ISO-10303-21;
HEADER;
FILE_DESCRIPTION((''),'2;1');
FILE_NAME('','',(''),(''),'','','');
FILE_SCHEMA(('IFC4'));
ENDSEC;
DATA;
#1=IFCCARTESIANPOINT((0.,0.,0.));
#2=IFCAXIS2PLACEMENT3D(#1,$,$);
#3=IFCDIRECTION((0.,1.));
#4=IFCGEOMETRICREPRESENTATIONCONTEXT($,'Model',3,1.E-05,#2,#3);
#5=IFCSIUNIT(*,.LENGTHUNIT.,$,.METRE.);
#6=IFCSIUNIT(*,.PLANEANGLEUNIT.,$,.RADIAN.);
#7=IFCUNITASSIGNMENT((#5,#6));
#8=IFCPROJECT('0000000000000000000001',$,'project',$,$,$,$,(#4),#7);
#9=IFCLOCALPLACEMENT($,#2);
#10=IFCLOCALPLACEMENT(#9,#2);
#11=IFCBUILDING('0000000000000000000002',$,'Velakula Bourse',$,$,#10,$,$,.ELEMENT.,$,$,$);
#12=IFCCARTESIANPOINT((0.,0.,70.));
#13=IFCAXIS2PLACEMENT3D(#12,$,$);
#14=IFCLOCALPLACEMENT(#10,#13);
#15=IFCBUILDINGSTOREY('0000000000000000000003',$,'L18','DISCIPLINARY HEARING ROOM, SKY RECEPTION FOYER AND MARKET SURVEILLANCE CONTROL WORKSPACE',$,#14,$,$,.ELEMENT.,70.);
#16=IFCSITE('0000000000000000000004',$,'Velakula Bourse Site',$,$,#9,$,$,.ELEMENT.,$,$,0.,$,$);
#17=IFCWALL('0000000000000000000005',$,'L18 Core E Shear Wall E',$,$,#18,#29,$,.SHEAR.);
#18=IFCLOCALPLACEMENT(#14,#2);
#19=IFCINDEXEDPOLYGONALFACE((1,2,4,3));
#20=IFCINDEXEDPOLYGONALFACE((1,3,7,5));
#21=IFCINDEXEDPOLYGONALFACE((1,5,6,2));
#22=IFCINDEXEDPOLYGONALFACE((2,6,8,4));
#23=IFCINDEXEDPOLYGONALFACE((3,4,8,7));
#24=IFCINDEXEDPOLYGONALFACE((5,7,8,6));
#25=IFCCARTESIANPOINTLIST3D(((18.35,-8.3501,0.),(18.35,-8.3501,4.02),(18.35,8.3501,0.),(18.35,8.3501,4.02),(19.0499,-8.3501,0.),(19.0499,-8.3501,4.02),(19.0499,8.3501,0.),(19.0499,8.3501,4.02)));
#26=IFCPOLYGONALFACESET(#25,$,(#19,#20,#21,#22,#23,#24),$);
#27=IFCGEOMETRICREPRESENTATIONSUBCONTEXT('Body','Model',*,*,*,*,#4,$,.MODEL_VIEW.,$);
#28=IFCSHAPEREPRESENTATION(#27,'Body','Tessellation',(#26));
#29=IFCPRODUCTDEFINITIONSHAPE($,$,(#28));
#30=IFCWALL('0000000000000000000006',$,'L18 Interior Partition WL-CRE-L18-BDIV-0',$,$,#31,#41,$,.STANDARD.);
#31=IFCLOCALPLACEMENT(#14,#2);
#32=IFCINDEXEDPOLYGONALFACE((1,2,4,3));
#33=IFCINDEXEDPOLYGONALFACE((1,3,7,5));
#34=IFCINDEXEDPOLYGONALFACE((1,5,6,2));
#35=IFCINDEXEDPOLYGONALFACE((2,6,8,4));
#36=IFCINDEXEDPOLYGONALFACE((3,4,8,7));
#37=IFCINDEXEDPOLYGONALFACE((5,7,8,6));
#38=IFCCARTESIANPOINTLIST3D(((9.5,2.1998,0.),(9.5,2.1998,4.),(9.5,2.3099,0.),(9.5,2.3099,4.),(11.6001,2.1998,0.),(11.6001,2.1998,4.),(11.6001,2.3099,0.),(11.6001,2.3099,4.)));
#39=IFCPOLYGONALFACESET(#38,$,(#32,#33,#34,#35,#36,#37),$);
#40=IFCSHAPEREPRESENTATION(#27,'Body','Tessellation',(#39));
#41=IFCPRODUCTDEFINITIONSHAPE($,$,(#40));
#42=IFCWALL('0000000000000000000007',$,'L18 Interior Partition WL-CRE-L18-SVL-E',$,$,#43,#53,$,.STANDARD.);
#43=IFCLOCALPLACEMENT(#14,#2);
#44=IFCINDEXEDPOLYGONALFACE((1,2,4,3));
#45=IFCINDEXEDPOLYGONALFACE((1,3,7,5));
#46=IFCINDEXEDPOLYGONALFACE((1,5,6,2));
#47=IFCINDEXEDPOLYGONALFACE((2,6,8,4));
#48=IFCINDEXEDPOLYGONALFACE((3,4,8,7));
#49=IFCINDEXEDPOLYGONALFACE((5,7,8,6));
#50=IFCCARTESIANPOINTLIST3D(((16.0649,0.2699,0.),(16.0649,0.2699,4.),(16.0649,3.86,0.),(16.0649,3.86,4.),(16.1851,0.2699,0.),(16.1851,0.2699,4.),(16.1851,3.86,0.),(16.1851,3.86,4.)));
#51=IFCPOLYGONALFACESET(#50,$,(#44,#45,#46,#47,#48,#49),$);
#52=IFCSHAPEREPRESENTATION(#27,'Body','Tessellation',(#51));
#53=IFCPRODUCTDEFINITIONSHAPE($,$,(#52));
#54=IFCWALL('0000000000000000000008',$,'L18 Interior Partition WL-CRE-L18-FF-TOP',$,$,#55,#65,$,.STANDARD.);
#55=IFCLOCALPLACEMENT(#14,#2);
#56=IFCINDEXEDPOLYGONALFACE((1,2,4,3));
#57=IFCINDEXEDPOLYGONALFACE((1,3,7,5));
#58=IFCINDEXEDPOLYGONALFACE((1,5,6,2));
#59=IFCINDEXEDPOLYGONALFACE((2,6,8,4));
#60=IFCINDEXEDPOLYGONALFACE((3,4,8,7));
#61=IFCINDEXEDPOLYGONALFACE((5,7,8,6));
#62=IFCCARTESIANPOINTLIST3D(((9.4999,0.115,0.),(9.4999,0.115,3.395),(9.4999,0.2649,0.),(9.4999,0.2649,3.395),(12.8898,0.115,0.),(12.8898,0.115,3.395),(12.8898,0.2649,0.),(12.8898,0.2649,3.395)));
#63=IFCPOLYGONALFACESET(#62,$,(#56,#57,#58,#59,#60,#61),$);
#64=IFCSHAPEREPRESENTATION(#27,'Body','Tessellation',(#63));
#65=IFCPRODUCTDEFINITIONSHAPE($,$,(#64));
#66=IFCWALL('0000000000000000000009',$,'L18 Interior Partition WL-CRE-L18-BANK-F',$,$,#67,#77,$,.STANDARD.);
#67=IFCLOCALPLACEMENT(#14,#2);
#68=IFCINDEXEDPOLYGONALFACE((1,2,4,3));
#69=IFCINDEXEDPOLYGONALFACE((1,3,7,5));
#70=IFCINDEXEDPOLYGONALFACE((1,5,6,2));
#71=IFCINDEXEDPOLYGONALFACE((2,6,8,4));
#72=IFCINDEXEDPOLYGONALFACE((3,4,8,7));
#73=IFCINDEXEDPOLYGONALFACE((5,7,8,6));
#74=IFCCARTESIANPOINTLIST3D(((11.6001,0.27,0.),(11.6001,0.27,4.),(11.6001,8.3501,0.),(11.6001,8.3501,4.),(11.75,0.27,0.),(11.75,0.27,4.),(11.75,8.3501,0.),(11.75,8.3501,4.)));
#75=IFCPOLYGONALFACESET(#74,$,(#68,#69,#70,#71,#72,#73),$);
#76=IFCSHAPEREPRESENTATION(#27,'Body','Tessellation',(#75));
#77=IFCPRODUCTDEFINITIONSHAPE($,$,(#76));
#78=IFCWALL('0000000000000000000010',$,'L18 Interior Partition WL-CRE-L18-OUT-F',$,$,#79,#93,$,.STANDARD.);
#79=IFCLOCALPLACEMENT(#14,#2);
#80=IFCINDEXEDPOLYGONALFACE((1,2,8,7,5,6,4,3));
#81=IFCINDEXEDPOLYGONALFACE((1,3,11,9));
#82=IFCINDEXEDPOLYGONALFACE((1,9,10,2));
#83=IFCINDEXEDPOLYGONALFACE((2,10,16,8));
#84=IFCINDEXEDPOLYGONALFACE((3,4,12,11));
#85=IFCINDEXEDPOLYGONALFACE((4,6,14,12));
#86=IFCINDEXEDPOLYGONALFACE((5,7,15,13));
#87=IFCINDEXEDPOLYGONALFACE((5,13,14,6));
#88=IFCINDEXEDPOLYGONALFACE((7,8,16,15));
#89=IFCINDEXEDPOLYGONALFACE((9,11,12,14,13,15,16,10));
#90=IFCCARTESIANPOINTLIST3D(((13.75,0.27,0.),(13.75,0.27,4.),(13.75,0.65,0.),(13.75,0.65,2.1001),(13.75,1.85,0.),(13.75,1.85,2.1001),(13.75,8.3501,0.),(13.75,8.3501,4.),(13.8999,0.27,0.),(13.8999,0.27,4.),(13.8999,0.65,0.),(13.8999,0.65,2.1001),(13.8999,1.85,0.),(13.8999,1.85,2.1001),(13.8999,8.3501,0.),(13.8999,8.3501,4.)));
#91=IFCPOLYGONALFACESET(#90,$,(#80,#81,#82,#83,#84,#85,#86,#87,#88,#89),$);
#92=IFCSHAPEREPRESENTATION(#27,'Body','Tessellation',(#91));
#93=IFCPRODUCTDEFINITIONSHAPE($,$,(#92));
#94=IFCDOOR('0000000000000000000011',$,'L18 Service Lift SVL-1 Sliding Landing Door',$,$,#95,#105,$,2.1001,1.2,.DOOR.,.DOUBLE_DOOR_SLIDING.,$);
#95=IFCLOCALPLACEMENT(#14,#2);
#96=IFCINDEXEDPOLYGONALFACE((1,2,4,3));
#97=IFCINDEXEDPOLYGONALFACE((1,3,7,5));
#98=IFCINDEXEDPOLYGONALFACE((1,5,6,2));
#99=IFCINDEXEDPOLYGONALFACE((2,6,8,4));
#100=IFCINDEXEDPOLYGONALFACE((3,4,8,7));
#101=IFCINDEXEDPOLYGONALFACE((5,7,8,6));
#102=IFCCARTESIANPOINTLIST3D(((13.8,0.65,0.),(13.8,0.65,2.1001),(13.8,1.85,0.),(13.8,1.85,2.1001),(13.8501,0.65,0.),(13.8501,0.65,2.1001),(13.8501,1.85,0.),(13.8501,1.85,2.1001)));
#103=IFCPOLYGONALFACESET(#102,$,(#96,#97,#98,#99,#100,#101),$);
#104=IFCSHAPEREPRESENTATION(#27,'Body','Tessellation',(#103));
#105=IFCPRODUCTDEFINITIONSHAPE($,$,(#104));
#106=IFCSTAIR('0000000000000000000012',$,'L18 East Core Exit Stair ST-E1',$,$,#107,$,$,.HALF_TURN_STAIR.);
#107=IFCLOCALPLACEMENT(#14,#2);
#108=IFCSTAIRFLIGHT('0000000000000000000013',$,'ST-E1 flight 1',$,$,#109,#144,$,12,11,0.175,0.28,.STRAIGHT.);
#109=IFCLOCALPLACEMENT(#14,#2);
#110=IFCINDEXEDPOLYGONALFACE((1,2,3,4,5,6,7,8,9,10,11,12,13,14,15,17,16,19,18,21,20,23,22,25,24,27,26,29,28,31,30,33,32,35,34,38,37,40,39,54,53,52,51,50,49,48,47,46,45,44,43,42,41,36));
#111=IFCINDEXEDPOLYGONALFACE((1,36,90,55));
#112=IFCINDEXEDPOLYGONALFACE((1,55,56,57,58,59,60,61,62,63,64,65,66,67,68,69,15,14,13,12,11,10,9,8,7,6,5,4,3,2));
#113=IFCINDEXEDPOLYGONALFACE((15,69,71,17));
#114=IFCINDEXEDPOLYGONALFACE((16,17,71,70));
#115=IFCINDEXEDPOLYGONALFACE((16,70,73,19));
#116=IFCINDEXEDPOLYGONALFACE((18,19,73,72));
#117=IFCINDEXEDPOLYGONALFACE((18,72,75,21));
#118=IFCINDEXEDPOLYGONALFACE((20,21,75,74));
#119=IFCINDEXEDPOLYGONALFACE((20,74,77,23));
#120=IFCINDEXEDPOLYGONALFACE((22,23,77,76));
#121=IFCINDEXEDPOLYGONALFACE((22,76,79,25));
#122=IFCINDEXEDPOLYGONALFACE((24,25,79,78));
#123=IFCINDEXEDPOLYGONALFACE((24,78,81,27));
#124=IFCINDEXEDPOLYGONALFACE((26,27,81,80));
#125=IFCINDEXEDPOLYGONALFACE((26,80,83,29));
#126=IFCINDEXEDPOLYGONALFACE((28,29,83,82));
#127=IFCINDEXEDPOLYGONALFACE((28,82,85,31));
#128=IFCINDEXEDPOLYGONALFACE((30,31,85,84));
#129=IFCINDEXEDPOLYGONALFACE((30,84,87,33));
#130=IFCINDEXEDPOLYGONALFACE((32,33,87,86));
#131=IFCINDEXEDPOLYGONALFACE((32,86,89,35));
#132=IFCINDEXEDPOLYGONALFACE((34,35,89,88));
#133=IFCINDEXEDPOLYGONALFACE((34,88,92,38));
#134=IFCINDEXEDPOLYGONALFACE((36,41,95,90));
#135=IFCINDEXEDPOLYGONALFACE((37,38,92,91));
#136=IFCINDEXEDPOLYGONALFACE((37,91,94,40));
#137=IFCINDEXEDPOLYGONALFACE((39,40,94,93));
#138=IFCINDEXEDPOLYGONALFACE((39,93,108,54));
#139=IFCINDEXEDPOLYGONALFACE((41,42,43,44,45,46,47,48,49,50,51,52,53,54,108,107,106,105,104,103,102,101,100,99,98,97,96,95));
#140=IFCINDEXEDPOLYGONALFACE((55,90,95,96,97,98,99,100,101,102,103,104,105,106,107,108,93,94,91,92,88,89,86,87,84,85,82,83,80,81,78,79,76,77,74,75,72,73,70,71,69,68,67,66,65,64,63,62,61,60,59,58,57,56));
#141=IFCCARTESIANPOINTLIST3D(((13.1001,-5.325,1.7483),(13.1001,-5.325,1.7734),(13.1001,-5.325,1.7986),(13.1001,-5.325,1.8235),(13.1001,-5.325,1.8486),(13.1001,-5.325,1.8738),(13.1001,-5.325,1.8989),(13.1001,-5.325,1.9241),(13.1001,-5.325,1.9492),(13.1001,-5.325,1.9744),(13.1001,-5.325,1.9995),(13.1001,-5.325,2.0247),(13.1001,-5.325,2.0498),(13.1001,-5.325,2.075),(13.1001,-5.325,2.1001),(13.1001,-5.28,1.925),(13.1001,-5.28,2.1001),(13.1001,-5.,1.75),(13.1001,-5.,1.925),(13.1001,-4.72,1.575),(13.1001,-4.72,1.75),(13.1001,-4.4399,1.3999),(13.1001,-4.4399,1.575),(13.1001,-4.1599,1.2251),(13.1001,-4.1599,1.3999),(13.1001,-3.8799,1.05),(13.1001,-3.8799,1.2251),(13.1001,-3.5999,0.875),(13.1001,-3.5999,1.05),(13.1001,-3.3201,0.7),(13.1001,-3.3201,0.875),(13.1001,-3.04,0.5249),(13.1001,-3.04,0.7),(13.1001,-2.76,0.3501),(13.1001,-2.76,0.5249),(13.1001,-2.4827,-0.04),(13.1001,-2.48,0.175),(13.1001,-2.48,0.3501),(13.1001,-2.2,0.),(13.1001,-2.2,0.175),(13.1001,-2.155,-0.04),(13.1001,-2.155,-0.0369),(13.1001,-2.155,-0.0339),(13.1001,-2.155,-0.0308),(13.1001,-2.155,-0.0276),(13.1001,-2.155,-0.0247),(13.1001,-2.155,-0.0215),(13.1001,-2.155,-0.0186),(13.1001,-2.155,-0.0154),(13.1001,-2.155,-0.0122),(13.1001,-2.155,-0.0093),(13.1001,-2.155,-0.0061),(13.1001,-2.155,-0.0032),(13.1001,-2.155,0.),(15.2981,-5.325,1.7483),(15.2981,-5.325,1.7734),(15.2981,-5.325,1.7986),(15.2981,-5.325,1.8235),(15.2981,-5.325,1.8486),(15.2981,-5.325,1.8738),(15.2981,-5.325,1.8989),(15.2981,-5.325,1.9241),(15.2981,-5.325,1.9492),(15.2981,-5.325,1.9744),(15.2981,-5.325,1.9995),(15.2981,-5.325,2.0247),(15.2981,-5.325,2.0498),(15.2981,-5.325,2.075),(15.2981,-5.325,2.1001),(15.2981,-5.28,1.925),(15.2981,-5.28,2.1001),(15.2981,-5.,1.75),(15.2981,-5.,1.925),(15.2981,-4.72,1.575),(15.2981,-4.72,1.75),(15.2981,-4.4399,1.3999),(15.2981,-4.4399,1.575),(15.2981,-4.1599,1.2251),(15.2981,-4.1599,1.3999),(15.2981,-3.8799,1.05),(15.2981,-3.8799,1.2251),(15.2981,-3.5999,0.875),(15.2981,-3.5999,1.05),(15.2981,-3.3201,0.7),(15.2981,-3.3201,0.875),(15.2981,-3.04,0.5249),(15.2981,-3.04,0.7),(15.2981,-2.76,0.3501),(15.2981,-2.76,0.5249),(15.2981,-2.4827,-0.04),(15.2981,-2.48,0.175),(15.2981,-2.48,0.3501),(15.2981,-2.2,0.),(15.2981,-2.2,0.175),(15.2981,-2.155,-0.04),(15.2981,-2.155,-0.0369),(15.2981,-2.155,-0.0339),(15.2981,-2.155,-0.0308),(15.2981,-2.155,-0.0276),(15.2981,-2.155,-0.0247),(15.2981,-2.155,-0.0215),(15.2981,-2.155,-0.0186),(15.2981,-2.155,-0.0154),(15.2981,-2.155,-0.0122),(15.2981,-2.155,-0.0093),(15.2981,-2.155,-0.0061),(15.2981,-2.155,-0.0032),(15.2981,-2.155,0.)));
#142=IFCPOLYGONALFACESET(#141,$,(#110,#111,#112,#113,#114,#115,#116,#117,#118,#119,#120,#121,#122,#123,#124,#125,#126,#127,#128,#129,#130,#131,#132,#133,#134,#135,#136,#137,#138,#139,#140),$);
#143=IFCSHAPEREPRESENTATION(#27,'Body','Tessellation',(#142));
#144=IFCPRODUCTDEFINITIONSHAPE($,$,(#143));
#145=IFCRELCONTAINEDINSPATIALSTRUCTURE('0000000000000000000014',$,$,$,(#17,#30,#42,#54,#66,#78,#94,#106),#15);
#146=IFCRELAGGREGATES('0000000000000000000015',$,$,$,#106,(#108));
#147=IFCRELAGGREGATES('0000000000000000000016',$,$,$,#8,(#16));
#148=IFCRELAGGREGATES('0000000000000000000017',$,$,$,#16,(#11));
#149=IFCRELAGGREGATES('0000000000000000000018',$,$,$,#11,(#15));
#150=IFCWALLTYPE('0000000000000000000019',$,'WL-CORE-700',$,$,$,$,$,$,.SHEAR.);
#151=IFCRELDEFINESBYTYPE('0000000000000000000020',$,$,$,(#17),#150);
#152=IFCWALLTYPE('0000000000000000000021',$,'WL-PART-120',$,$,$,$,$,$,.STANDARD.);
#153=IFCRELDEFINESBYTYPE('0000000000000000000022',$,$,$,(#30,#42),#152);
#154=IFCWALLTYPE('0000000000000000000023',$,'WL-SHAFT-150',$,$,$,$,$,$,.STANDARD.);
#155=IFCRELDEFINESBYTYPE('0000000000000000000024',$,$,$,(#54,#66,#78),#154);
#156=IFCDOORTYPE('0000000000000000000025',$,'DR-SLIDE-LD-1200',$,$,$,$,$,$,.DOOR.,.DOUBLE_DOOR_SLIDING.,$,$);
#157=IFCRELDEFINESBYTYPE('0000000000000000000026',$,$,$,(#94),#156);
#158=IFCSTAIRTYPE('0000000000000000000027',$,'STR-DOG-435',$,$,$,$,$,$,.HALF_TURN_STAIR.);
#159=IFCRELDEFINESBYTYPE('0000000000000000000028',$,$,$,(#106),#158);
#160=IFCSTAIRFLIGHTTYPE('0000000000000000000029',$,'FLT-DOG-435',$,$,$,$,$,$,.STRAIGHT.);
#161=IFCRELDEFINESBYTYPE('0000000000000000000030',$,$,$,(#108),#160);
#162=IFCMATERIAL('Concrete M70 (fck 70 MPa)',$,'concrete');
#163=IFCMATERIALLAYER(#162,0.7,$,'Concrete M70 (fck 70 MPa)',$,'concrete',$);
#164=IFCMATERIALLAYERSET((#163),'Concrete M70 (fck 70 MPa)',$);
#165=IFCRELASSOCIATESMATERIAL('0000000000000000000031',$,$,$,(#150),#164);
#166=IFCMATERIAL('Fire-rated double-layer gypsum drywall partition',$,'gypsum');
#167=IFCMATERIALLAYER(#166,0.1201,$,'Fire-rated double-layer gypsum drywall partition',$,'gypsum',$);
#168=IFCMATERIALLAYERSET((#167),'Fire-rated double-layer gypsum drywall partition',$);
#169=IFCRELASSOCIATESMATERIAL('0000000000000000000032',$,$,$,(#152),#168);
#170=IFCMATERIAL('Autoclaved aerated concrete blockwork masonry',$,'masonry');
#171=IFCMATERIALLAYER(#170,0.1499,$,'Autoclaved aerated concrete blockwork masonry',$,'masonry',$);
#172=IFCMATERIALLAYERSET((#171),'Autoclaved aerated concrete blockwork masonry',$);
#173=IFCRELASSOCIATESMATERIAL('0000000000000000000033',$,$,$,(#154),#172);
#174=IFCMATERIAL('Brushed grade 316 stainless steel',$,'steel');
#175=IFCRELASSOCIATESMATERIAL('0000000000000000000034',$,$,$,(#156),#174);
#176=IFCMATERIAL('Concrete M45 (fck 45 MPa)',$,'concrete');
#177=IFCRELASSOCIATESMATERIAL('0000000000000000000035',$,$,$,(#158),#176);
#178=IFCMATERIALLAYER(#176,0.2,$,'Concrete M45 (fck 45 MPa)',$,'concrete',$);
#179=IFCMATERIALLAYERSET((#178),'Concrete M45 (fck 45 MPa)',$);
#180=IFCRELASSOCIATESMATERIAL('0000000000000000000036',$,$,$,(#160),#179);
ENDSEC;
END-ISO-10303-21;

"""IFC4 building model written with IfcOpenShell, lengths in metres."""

from ifc_helpers import new_model, si_unit, direction, frame, frame_2d, origin, place, context, subcontext, project, spatial, polyline, rectangle, outline, extrude, material, layer, layer_set, type_object, element, fill, aggregate, save


model = new_model("IFC4")

# Units and contexts
model_context = context("Model", 3, precision=1e-05, world=origin(), true_north=direction((0.0, 1.0)))
body_context = subcontext(model_context, "Body", "Model", "MODEL_VIEW")
ifc_project = project(units=[si_unit("LENGTHUNIT", "METRE"), si_unit("PLANEANGLEUNIT", "RADIAN")], contexts=[model_context])

# Site, building, storey
site_placement = place(None, origin())
site = spatial("IfcSite", under=ifc_project, at=site_placement, Name="Velakula Bourse Site", CompositionType="ELEMENT", RefElevation=0.0)
building_placement = place(site_placement, origin())
building = spatial("IfcBuilding", under=site, at=building_placement, Name="Velakula Bourse", CompositionType="ELEMENT")
storey_placement = place(building_placement, frame((0.0, 0.0, 70.0)))
storey = spatial("IfcBuildingStorey", under=building, at=storey_placement, Name="L18", Description="DISCIPLINARY HEARING ROOM, SKY RECEPTION FOYER AND MARKET SURVEILLANCE CONTROL WORKSPACE", CompositionType="ELEMENT", Elevation=70.0)

# Shared definitions
ifc_material_1 = material(Name="Concrete M70 (fck 70 MPa)", Category="concrete")

# Walls
ifc_layer_1 = layer(ifc_material_1, 0.7, Name="Concrete M70 (fck 70 MPa)", Category="concrete")
ifc_layer_set_1 = layer_set([ifc_layer_1], Name="Concrete M70 (fck 70 MPa)")
wall_type_1 = type_object("IfcWallType", Name="WL-CORE-700", PredefinedType="SHEAR", material=ifc_layer_set_1)
wall_1_placement = place(storey_placement, frame((18.7, -8.3501, 0.0), z_axis=(0.0, 0.0, 1.0), x_axis=(0.0, 1.0, 0.0)))
element("IfcWall", 1, at=wall_1_placement, inside=storey, type_object=wall_type_1, Name="L18 Core E Shear Wall E", PredefinedType="SHEAR", context=body_context, shape_type="SweptSolid", body=[
    extrude(rectangle(XDim=16.7002, YDim=0.7, at=frame_2d((8.3501, 0.0))), origin(), (0.0, 0.0, 1.0), 4.02),
])
ifc_material_2 = material(Name="Fire-rated double-layer gypsum drywall partition", Category="gypsum")
ifc_layer_2 = layer(ifc_material_2, 0.1201, Name="Fire-rated double-layer gypsum drywall partition", Category="gypsum")
ifc_layer_set_2 = layer_set([ifc_layer_2], Name="Fire-rated double-layer gypsum drywall partition")
wall_type_2 = type_object("IfcWallType", Name="WL-PART-120", PredefinedType="STANDARD", material=ifc_layer_set_2)
wall_2_placement = place(storey_placement, frame((9.5, 2.2549, 0.0), z_axis=(0.0, 0.0, 1.0), x_axis=(1.0, 0.0, 0.0)))
element("IfcWall", 2, at=wall_2_placement, inside=storey, type_object=wall_type_2, Name="L18 Interior Partition WL-CRE-L18-BDIV-0", PredefinedType="STANDARD", context=body_context, shape_type="SweptSolid", body=[
    extrude(rectangle(XDim=2.1001, YDim=0.1101, at=frame_2d((1.05, 0.0))), origin(), (0.0, 0.0, 1.0), 4.0),
])
wall_3_placement = place(storey_placement, frame((16.125, 0.27, 0.0), z_axis=(0.0, 0.0, 1.0), x_axis=(0.0, 1.0, 0.0)))
element("IfcWall", 3, at=wall_3_placement, inside=storey, type_object=wall_type_2, Name="L18 Interior Partition WL-CRE-L18-SVL-E", PredefinedType="STANDARD", context=body_context, shape_type="SweptSolid", body=[
    extrude(rectangle(XDim=3.5901, YDim=0.1201, at=frame_2d((1.7949, 0.0))), origin(), (0.0, 0.0, 1.0), 4.0),
])

# Shared definitions
ifc_material_3 = material(Name="Autoclaved aerated concrete blockwork masonry", Category="masonry")
ifc_layer_3 = layer(ifc_material_3, 0.1499, Name="Autoclaved aerated concrete blockwork masonry", Category="masonry")
ifc_layer_set_3 = layer_set([ifc_layer_3], Name="Autoclaved aerated concrete blockwork masonry")
wall_type_3 = type_object("IfcWallType", Name="WL-SHAFT-150", PredefinedType="STANDARD", material=ifc_layer_set_3)
ifc_material_4 = material(Name="Brushed grade 316 stainless steel", Category="steel")

# Walls
wall_4_placement = place(storey_placement, frame((9.5, 0.1899, 0.0), z_axis=(0.0, 0.0, 1.0), x_axis=(1.0, 0.0, 0.0)))
element("IfcWall", 4, at=wall_4_placement, inside=storey, type_object=wall_type_3, Name="L18 Interior Partition WL-CRE-L18-FF-TOP", PredefinedType="STANDARD", context=body_context, shape_type="SweptSolid", body=[
    extrude(rectangle(XDim=3.3899, YDim=0.1499, at=frame_2d((1.6948, 0.0))), origin(), (0.0, 0.0, 1.0), 3.395),
])
wall_5_placement = place(storey_placement, frame((11.675, 0.27, 0.0), z_axis=(0.0, 0.0, 1.0), x_axis=(0.0, 1.0, 0.0)))
element("IfcWall", 5, at=wall_5_placement, inside=storey, type_object=wall_type_3, Name="L18 Interior Partition WL-CRE-L18-BANK-F", PredefinedType="STANDARD", context=body_context, shape_type="SweptSolid", body=[
    extrude(rectangle(XDim=8.0801, YDim=0.1499, at=frame_2d((4.04, 0.0))), origin(), (0.0, 0.0, 1.0), 4.0),
])

# Wall, opening, door
wall_6_placement = place(storey_placement, frame((13.825, 0.27, 0.0), z_axis=(0.0, 0.0, 1.0), x_axis=(0.0, 1.0, 0.0)))
wall_6 = element("IfcWall", 6, at=wall_6_placement, inside=storey, type_object=wall_type_3, Name="L18 Interior Partition WL-CRE-L18-OUT-F", PredefinedType="STANDARD", context=body_context, shape_type="SweptSolid", body=[
    extrude(rectangle(XDim=8.0801, YDim=0.1499, at=frame_2d((4.04, 0.0))), origin(), (0.0, 0.0, 1.0), 4.0),
])
opening_1_placement = place(wall_6_placement, frame((0.3799, 0.0, 0.0)))
opening_1 = element("IfcOpeningElement", 7, at=opening_1_placement, cuts=wall_6, PredefinedType="OPENING", context=body_context, shape_type="SweptSolid", body=[
    extrude(rectangle(XDim=1.2, YDim=2.1001, at=frame_2d((0.6001, 1.05))), frame((0.0, 0.085, 0.0), z_axis=(0.0, -1.0, 0.0), x_axis=(1.0, 0.0, 0.0)), (0.0, 0.0, 1.0), 0.1699),
])
door_type_1 = type_object("IfcDoorType", Name="DR-SLIDE-LD-1200", OperationType="DOUBLE_DOOR_SLIDING", PredefinedType="DOOR", material=ifc_material_4)
door_1_placement = place(opening_1_placement, origin())
door_1 = element("IfcDoor", 8, at=door_1_placement, inside=storey, type_object=door_type_1, Name="L18 Service Lift SVL-1 Sliding Landing Door", OperationType="DOUBLE_DOOR_SLIDING", OverallHeight=2.1001, OverallWidth=1.2, PredefinedType="DOOR", context=body_context, shape_type="SweptSolid", body=[
    extrude(rectangle(XDim=1.2, YDim=2.1001, at=frame_2d((0.6001, 1.05))), frame((0.0, 0.0249, 0.0), z_axis=(0.0, -1.0, 0.0), x_axis=(1.0, 0.0, 0.0)), (0.0, 0.0, 1.0), 0.05),
])
fill(opening_1, door_1)

# Stair, stair flight
ifc_material_5 = material(Name="Concrete M45 (fck 45 MPa)", Category="concrete")
stair_type = type_object("IfcStairType", Name="STR-DOG-435", PredefinedType="HALF_TURN_STAIR", material=ifc_material_5)
stair_placement = place(storey_placement, origin())
stair = element("IfcStair", 9, at=stair_placement, inside=storey, type_object=stair_type, Name="L18 East Core Exit Stair ST-E1", PredefinedType="HALF_TURN_STAIR")
ifc_layer_4 = layer(ifc_material_5, 0.2, Name="Concrete M45 (fck 45 MPa)", Category="concrete")
ifc_layer_set_4 = layer_set([ifc_layer_4], Name="Concrete M45 (fck 45 MPa)")
stair_flight_type = type_object("IfcStairFlightType", Name="FLT-DOG-435", PredefinedType="STRAIGHT", material=ifc_layer_set_4)
stair_flight_1_placement = place(storey_placement, frame((14.199, -2.2, 0.0), z_axis=(0.0, 0.0, 1.0), x_axis=(0.0, -1.0, 0.0)))
stair_flight_1 = element("IfcStairFlight", 10, at=stair_flight_1_placement, type_object=stair_flight_type, Name="ST-E1 flight 1", NumberOfRisers=12, NumberOfTreads=11, PredefinedType="STRAIGHT", RiserHeight=0.175, TreadLength=0.28, context=body_context, shape_type="SweptSolid", body=[
    extrude(outline(polyline([(-0.0449, -0.04), (-0.0449, -0.0369), (-0.0449, -0.0339), (-0.0449, -0.0308), (-0.0449, -0.0276), (-0.0449, -0.0247), (-0.0449, -0.0215), (-0.0449, -0.0186), (-0.0449, -0.0154), (-0.0449, -0.0122), (-0.0449, -0.0093), (-0.0449, -0.0061), (-0.0449, -0.0032), (-0.0449, 0.0), (0.0, 0.0), (0.0, 0.175), (0.28, 0.175), (0.28, 0.3501), (0.5601, 0.3501), (0.5601, 0.5249), (0.8401, 0.5249), (0.8401, 0.7), (1.1201, 0.7), (1.1201, 0.875), (1.3999, 0.875), (1.3999, 1.05), (1.6799, 1.05), (1.6799, 1.2251), (1.96, 1.2251), (1.96, 1.3999), (2.24, 1.3999), (2.24, 1.575), (2.52, 1.575), (2.52, 1.75), (2.8, 1.75), (2.8, 1.925), (3.0801, 1.925), (3.0801, 2.1001), (3.125, 2.1001), (3.125, 2.075), (3.125, 2.0498), (3.125, 2.0247), (3.125, 1.9995), (3.125, 1.9744), (3.125, 1.9492), (3.125, 1.9241), (3.125, 1.8989), (3.125, 1.8738), (3.125, 1.8486), (3.125, 1.8235), (3.125, 1.7986), (3.125, 1.7734), (3.125, 1.7483), (0.2827, -0.04), (-0.0449, -0.04)])), frame((0.0, 1.0991, 0.0), z_axis=(0.0, -1.0, 0.0), x_axis=(1.0, 0.0, 0.0)), (0.0, 0.0, 1.0), 2.198),
])
aggregate(stair, [stair_flight_1])

save(model, "model.ifc")
